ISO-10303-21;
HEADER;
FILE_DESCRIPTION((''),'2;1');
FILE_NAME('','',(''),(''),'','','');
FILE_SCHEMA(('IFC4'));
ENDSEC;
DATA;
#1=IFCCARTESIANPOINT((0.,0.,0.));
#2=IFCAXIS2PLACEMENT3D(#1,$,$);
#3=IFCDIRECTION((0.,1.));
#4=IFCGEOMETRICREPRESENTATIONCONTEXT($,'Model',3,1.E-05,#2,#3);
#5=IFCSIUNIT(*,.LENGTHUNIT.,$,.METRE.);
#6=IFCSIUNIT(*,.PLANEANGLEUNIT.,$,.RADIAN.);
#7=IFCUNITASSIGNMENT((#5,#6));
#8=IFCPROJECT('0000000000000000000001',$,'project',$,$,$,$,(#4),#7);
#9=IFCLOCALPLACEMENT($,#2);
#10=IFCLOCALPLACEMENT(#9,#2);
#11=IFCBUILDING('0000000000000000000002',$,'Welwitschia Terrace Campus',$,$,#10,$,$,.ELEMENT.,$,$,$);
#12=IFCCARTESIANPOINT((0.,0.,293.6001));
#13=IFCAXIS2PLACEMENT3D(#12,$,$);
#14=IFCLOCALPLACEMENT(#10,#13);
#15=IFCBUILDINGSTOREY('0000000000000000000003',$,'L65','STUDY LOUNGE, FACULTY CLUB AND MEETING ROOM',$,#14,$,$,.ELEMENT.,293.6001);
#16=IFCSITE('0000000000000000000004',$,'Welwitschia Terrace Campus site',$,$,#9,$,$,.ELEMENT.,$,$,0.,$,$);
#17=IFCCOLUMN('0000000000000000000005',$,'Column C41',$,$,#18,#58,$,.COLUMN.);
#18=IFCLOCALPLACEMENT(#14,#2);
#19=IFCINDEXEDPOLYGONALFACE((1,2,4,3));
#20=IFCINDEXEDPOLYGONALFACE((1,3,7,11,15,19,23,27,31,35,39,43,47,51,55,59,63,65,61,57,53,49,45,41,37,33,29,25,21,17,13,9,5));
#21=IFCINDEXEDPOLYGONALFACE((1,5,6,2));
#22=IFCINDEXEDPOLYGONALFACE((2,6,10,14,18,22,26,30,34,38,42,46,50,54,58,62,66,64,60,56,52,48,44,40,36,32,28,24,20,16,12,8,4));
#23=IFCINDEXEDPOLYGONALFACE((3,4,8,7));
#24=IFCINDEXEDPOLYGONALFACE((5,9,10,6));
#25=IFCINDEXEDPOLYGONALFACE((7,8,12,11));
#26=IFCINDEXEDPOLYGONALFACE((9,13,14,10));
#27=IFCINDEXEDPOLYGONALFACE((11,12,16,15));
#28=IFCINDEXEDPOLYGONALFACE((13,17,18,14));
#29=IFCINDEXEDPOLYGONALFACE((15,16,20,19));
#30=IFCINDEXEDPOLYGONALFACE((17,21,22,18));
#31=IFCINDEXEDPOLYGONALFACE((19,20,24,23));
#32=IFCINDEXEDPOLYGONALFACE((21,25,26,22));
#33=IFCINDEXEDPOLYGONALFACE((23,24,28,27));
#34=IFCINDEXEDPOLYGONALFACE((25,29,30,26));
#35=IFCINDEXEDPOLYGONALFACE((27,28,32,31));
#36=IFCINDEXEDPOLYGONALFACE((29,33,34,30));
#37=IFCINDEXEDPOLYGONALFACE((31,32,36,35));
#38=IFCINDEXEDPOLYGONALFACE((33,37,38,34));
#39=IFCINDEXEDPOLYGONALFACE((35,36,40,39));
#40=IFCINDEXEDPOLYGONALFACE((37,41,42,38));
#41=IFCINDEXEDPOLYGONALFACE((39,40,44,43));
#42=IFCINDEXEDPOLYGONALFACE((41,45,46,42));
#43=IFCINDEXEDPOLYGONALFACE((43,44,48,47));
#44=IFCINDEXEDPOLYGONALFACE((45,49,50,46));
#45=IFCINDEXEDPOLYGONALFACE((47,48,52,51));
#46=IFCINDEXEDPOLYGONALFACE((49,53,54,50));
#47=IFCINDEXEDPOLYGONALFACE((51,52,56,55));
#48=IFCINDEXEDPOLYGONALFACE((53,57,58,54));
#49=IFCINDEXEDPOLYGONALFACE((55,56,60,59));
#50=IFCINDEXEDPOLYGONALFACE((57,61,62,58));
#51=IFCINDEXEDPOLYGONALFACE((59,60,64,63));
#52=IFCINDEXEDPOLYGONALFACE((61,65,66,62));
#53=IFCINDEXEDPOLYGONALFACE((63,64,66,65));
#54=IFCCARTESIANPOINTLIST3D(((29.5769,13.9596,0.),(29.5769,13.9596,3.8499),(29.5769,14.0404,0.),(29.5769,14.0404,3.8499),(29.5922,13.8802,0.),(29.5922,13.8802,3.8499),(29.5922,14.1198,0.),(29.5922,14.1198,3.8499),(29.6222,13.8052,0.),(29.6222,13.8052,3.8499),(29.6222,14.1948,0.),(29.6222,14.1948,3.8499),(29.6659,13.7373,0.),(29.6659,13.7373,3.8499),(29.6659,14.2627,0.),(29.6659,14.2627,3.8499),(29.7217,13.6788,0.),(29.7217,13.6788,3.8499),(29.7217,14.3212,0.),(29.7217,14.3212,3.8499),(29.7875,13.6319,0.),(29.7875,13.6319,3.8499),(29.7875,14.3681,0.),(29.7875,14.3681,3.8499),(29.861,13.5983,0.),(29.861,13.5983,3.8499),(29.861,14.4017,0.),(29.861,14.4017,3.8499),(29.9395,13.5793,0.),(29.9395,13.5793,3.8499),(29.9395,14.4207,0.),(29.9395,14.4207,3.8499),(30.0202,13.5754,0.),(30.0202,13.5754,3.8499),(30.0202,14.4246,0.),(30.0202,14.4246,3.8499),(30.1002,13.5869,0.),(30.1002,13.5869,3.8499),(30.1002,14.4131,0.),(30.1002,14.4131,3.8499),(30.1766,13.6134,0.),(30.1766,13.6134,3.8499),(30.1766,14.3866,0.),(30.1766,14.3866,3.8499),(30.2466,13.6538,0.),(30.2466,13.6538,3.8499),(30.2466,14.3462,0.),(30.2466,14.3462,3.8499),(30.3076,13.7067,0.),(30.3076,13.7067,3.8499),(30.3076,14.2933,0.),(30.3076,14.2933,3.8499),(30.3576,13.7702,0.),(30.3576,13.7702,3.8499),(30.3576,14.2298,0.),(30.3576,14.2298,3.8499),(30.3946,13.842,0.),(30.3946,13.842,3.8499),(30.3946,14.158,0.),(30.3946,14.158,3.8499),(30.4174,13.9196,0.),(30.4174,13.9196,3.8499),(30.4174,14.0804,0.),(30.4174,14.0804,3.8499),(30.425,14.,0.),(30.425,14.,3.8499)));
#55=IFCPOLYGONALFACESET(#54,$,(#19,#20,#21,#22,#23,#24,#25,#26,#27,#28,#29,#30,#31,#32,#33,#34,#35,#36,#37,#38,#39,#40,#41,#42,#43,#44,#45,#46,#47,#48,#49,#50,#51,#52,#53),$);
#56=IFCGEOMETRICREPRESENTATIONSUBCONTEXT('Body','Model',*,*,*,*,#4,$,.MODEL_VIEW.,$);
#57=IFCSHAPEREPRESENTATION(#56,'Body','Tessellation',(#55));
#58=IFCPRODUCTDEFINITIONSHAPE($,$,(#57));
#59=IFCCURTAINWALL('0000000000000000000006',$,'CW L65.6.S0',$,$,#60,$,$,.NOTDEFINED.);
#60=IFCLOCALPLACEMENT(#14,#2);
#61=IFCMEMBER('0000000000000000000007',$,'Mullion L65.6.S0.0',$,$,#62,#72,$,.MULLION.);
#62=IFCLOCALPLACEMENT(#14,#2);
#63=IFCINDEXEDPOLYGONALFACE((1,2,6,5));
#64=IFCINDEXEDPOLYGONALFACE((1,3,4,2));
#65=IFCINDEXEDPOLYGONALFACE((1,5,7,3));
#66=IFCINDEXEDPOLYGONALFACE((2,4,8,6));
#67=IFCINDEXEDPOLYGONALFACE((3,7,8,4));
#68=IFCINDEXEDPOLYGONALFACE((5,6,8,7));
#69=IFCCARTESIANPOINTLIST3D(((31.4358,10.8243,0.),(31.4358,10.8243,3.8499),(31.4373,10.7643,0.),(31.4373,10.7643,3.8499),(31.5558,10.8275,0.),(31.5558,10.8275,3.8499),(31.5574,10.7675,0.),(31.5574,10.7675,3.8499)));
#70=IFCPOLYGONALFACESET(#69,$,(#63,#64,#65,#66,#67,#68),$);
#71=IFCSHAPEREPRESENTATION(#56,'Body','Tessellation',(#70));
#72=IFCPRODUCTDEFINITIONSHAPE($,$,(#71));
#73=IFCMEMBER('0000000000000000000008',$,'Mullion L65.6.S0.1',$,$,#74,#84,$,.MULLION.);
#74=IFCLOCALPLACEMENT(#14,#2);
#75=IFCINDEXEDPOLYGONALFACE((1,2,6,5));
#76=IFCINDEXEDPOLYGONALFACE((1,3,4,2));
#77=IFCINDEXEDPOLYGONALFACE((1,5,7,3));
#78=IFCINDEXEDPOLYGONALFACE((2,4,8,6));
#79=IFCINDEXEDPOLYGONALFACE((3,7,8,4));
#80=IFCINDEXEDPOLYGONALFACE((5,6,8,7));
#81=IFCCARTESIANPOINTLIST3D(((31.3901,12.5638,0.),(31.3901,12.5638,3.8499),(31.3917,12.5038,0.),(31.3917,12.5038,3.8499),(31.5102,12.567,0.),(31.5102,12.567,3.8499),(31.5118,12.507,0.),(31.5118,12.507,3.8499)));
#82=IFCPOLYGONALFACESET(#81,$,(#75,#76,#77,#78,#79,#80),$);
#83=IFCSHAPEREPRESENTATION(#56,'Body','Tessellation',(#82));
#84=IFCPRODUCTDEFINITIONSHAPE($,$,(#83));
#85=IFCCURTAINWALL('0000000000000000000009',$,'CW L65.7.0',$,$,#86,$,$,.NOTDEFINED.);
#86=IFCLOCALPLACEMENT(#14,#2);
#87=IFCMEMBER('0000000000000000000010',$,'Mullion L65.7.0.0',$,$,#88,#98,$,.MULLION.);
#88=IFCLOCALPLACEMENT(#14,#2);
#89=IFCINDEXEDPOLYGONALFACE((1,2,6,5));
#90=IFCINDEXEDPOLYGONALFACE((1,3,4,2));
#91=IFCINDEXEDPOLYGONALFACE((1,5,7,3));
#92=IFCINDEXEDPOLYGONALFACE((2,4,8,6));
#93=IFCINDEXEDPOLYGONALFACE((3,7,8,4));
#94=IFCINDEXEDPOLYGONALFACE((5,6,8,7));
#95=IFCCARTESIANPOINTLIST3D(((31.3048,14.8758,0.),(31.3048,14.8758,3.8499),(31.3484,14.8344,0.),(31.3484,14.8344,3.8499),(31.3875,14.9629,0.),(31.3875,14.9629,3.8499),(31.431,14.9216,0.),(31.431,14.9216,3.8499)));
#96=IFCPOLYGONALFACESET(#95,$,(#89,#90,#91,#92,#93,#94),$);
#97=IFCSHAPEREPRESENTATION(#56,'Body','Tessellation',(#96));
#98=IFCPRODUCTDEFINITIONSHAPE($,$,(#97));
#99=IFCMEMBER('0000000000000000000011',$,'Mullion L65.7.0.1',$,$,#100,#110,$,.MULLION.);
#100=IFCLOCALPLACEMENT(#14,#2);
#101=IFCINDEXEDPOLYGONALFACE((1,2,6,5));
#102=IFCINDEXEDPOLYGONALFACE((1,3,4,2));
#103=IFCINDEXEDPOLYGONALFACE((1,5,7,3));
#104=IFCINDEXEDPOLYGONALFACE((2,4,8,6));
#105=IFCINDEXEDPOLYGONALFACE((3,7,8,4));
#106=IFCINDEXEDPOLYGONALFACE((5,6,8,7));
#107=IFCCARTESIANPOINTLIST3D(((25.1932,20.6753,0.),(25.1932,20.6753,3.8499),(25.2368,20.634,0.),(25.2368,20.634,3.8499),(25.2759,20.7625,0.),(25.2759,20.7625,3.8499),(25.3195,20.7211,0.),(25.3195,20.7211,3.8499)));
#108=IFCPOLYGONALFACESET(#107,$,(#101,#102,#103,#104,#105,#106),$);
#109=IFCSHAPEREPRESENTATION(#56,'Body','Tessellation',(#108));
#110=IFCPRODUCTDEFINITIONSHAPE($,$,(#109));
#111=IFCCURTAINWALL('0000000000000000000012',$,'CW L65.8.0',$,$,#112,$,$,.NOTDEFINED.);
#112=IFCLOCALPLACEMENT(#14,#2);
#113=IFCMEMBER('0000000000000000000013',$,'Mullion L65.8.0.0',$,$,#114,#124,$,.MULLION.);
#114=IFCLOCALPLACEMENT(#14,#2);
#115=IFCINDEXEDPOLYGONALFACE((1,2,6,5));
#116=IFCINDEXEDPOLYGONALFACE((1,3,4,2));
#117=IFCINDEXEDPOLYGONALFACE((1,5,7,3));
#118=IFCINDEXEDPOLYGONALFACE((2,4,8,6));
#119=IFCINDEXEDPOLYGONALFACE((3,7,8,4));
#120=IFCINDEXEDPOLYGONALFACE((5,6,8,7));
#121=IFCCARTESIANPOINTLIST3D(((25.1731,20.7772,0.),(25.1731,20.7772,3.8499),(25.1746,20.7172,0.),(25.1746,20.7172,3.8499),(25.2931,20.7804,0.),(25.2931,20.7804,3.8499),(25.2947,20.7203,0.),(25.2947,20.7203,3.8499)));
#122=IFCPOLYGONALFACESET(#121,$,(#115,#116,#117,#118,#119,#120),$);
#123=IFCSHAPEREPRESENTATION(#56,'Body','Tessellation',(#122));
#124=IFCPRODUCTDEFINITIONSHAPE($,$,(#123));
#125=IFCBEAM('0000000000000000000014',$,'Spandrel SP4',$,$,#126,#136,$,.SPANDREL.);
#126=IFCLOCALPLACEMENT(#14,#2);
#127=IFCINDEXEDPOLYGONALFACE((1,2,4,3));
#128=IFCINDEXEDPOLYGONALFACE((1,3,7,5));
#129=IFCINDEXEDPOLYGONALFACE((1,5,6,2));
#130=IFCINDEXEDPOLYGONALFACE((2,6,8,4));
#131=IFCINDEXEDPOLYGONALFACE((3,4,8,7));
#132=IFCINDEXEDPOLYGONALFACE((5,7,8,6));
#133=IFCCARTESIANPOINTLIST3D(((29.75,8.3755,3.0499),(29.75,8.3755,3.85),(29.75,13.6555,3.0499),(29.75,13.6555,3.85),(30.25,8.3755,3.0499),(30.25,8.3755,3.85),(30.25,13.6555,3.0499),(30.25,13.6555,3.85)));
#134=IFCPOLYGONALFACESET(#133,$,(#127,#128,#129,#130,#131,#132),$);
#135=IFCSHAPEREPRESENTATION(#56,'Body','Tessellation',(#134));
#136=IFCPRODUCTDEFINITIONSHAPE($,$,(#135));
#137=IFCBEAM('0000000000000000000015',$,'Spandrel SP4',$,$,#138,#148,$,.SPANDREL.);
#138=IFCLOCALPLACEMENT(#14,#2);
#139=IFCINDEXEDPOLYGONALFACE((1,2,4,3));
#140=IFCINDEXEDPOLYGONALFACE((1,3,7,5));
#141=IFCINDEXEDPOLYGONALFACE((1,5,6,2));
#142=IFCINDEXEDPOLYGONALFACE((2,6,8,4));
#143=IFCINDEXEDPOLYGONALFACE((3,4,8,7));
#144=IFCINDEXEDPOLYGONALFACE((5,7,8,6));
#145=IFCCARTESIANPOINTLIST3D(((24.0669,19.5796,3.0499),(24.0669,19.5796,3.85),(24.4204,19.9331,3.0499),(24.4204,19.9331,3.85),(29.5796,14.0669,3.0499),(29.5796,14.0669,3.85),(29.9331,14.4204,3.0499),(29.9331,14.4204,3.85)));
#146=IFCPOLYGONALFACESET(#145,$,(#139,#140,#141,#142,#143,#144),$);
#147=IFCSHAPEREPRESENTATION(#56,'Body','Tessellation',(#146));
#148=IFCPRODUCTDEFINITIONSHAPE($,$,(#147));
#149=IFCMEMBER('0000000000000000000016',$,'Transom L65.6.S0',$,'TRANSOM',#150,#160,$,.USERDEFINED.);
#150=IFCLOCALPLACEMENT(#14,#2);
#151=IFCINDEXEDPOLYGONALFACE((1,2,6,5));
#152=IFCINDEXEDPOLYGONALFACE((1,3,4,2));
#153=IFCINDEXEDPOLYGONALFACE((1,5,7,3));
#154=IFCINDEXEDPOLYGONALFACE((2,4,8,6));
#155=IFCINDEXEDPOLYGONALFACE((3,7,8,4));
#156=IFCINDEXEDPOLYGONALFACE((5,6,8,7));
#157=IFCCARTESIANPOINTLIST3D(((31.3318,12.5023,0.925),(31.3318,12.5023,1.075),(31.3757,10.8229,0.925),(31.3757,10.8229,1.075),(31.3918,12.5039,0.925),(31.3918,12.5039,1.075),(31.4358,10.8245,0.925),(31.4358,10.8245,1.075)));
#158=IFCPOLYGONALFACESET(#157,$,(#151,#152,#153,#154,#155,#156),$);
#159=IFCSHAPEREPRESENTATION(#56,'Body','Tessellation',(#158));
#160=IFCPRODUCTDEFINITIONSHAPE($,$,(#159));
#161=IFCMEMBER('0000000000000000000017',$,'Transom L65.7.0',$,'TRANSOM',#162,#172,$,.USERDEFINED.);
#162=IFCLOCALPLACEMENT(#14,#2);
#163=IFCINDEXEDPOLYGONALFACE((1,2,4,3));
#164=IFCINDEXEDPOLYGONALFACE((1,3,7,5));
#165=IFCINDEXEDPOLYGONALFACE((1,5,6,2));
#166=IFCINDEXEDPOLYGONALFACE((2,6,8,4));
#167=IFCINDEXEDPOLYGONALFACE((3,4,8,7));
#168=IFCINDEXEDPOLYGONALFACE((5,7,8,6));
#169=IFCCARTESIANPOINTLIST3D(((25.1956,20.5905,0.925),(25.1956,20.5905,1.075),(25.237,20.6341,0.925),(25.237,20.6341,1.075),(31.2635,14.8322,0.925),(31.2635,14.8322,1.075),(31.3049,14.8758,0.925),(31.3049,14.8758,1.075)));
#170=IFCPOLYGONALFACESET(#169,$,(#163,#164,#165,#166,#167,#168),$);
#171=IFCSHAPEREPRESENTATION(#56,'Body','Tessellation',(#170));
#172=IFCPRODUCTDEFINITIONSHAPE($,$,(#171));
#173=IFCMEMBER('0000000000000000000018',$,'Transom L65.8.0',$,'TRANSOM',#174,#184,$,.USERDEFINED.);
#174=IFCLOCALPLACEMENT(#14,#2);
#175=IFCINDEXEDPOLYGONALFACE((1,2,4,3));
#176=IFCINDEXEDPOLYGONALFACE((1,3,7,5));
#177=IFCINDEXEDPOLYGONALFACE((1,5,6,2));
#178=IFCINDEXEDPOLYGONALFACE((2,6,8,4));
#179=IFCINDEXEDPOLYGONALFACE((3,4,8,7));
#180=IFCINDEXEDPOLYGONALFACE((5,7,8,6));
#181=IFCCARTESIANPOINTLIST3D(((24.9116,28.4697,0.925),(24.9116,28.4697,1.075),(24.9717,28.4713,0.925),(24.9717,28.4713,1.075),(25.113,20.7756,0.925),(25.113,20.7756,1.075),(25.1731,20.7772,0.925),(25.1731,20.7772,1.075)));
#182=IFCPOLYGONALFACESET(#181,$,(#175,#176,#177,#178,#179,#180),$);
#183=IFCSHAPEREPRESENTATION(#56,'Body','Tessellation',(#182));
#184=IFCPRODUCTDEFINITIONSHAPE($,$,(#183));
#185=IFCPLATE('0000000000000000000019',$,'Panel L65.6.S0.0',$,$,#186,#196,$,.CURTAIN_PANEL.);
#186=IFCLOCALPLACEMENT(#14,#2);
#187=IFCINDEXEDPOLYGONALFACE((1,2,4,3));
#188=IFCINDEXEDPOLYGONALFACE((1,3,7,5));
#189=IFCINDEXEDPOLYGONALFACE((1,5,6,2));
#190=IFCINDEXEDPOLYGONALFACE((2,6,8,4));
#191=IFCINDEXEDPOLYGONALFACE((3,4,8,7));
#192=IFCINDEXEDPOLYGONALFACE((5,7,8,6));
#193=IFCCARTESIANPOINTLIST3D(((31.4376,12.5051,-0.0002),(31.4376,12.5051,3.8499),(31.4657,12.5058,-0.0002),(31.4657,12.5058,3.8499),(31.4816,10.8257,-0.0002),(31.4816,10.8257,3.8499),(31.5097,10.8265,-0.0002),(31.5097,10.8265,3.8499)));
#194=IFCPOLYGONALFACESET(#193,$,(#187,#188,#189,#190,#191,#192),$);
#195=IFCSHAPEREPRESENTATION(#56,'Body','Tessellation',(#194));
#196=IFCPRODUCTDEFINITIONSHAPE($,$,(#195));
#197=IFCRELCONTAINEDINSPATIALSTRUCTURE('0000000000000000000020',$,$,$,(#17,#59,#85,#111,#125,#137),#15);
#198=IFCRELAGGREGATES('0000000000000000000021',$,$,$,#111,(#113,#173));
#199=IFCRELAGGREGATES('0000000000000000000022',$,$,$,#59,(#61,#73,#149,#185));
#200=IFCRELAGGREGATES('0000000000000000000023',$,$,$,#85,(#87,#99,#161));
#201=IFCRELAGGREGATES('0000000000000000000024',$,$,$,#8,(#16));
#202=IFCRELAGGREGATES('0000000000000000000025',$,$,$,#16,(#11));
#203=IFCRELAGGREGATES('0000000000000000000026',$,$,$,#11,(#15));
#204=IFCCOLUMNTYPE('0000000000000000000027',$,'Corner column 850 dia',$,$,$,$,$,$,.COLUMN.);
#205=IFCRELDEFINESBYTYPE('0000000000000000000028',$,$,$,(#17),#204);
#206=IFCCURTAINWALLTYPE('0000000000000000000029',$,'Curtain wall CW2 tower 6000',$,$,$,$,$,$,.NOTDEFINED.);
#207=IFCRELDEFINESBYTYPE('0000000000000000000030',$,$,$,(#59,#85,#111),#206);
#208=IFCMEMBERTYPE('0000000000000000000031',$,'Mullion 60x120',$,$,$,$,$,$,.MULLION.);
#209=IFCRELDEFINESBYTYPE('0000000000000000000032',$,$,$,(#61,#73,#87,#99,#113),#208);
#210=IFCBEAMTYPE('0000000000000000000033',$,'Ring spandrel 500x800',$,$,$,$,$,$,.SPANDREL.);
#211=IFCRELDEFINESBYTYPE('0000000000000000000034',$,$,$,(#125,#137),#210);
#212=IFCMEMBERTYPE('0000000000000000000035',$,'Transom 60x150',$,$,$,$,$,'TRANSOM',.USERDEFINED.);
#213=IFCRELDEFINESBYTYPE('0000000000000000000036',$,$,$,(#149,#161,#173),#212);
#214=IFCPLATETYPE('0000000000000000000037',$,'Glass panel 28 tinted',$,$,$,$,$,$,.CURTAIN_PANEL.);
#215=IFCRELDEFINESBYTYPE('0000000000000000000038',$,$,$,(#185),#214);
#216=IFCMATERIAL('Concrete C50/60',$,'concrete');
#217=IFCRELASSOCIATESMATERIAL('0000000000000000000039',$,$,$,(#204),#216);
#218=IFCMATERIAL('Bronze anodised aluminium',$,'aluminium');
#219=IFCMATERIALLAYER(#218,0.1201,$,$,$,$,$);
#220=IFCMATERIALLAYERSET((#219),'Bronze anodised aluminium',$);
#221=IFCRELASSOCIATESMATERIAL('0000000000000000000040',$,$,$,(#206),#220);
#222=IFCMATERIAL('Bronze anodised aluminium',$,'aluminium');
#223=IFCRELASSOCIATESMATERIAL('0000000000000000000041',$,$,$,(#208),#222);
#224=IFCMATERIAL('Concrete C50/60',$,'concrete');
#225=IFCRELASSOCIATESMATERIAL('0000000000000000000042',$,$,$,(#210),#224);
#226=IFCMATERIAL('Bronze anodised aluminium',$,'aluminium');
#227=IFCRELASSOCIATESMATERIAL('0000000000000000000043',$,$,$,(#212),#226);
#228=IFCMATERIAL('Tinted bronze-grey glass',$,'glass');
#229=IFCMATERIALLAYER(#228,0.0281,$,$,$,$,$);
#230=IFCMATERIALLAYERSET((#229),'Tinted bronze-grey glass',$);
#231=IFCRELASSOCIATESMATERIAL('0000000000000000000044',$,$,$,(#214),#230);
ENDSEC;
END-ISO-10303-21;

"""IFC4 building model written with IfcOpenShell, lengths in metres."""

from ifc_helpers import new_model, si_unit, direction, frame, origin, origin_2d, place, context, subcontext, project, spatial, rectangle, circle, extrude, material, layer, layer_set, material_profile, profile_set, type_object, element, aggregate, save


model = new_model("IFC4")

# Units and contexts
model_context = context("Model", 3, precision=1e-05, world=origin(), true_north=direction((0.0, 1.0)))
body_context = subcontext(model_context, "Body", "Model", "MODEL_VIEW")
ifc_project = project(units=[si_unit("LENGTHUNIT", "METRE"), si_unit("PLANEANGLEUNIT", "RADIAN")], contexts=[model_context])

# Site, building, storey
site_placement = place(None, origin())
site = spatial("IfcSite", under=ifc_project, at=site_placement, Name="Welwitschia Terrace Campus site", CompositionType="ELEMENT", RefElevation=0.0)
building_placement = place(site_placement, origin())
building = spatial("IfcBuilding", under=site, at=building_placement, Name="Welwitschia Terrace Campus", CompositionType="ELEMENT")
storey_placement = place(building_placement, frame((0.0, 0.0, 293.6001)))
storey = spatial("IfcBuildingStorey", under=building, at=storey_placement, Name="L65", Description="STUDY LOUNGE, FACULTY CLUB AND MEETING ROOM", CompositionType="ELEMENT", Elevation=293.6001)

# Column
ifc_material_1 = material(Name="Concrete C50/60", Category="concrete")
ifc_material_profile_1 = material_profile(ifc_material_1, circle(Radius=0.425, at=origin_2d()))
ifc_profile_set_1 = profile_set([ifc_material_profile_1], Name="Concrete C50/60")
column_type = type_object("IfcColumnType", Name="Corner column 850 dia", PredefinedType="COLUMN", material=ifc_profile_set_1)
column_placement = place(storey_placement, frame((30.0, 14.0, 0.0), z_axis=(0.0, 0.0, 1.0), x_axis=(1.0, 0.0, 0.0)))
element("IfcColumn", 1, at=column_placement, inside=storey, type_object=column_type, Name="Column C41", PredefinedType="COLUMN", context=body_context, shape_type="SweptSolid", body=[
    extrude(circle(Radius=0.425, at=origin_2d()), origin(), (0.0, 0.0, 1.0), 3.8499),
])

# Curtain walls, members
ifc_material_2 = material(Name="Bronze anodised aluminium", Category="aluminium")
ifc_layer_1 = layer(ifc_material_2, 0.1201)
ifc_layer_set_1 = layer_set([ifc_layer_1], Name="Bronze anodised aluminium")
curtain_wall_type = type_object("IfcCurtainWallType", Name="Curtain wall CW2 tower 6000", PredefinedType="NOTDEFINED", material=ifc_layer_set_1)
curtain_wall_1_placement = place(storey_placement, origin())
curtain_wall_1 = element("IfcCurtainWall", 2, at=curtain_wall_1_placement, inside=storey, type_object=curtain_wall_type, Name="CW L65.6.S0", PredefinedType="NOTDEFINED")
ifc_material_3 = material(Name="Bronze anodised aluminium", Category="aluminium")
ifc_material_profile_2 = material_profile(ifc_material_3, rectangle(XDim=0.1201, YDim=0.0601, at=origin_2d()))
ifc_profile_set_2 = profile_set([ifc_material_profile_2], Name="Bronze anodised aluminium")
member_type_1 = type_object("IfcMemberType", Name="Mullion 60x120", PredefinedType="MULLION", material=ifc_profile_set_2)
member_1_placement = place(storey_placement, frame((31.4966, 10.7959, 0.0), z_axis=(0.0, 0.0, 1.0), x_axis=(-0.999657, -0.026177, 0.0)))
member_1 = element("IfcMember", 3, at=member_1_placement, type_object=member_type_1, Name="Mullion L65.6.S0.0", PredefinedType="MULLION", context=body_context, shape_type="SweptSolid", body=[
    extrude(rectangle(XDim=0.1201, YDim=0.0601, at=origin_2d()), origin(), (0.0, 0.0, 1.0), 3.8499),
])
member_2_placement = place(storey_placement, frame((31.4509, 12.5354, 0.0), z_axis=(0.0, 0.0, 1.0), x_axis=(-0.999657, -0.026177, 0.0)))
member_2 = element("IfcMember", 4, at=member_2_placement, type_object=member_type_1, Name="Mullion L65.6.S0.1", PredefinedType="MULLION", context=body_context, shape_type="SweptSolid", body=[
    extrude(rectangle(XDim=0.1201, YDim=0.0601, at=origin_2d()), origin(), (0.0, 0.0, 1.0), 3.8499),
])
curtain_wall_2_placement = place(storey_placement, origin())
curtain_wall_2 = element("IfcCurtainWall", 5, at=curtain_wall_2_placement, inside=storey, type_object=curtain_wall_type, Name="CW L65.7.0", PredefinedType="NOTDEFINED")
member_3_placement = place(storey_placement, frame((31.3679, 14.8987, 0.0), z_axis=(0.0, 0.0, 1.0), x_axis=(-0.688355, -0.725374, 0.0)))
member_3 = element("IfcMember", 6, at=member_3_placement, type_object=member_type_1, Name="Mullion L65.7.0.0", PredefinedType="MULLION", context=body_context, shape_type="SweptSolid", body=[
    extrude(rectangle(XDim=0.1201, YDim=0.0601, at=origin_2d()), origin(), (0.0, 0.0, 1.0), 3.8499),
])
member_4_placement = place(storey_placement, frame((25.2563, 20.6982, 0.0), z_axis=(0.0, 0.0, 1.0), x_axis=(-0.688355, -0.725374, 0.0)))
member_4 = element("IfcMember", 7, at=member_4_placement, type_object=member_type_1, Name="Mullion L65.7.0.1", PredefinedType="MULLION", context=body_context, shape_type="SweptSolid", body=[
    extrude(rectangle(XDim=0.1201, YDim=0.0601, at=origin_2d()), origin(), (0.0, 0.0, 1.0), 3.8499),
])

# Curtain wall, member
curtain_wall_3_placement = place(storey_placement, origin())
curtain_wall_3 = element("IfcCurtainWall", 8, at=curtain_wall_3_placement, inside=storey, type_object=curtain_wall_type, Name="CW L65.8.0", PredefinedType="NOTDEFINED")
member_5_placement = place(storey_placement, frame((25.2339, 20.7488, 0.0), z_axis=(0.0, 0.0, 1.0), x_axis=(-0.999657, -0.026177, 0.0)))
member_5 = element("IfcMember", 9, at=member_5_placement, type_object=member_type_1, Name="Mullion L65.8.0.0", PredefinedType="MULLION", context=body_context, shape_type="SweptSolid", body=[
    extrude(rectangle(XDim=0.1201, YDim=0.0601, at=origin_2d()), origin(), (0.0, 0.0, 1.0), 3.8499),
])

# Beams
ifc_material_4 = material(Name="Concrete C50/60", Category="concrete")
ifc_material_profile_3 = material_profile(ifc_material_4, rectangle(XDim=0.5, YDim=0.8, at=origin_2d()))
ifc_profile_set_3 = profile_set([ifc_material_profile_3], Name="Concrete C50/60")
beam_type = type_object("IfcBeamType", Name="Ring spandrel 500x800", PredefinedType="SPANDREL", material=ifc_profile_set_3)
beam_1_placement = place(storey_placement, frame((30.0, 8.3755, 3.45), z_axis=(0.0, 1.0, 0.0), x_axis=(-1.0, 0.0, 0.0)))
element("IfcBeam", 10, at=beam_1_placement, inside=storey, type_object=beam_type, Name="Spandrel SP4", PredefinedType="SPANDREL", context=body_context, shape_type="SweptSolid", body=[
    extrude(rectangle(XDim=0.5, YDim=0.8, at=origin_2d()), origin(), (0.0, 0.0, 1.0), 5.28),
])
beam_2_placement = place(storey_placement, frame((29.7563, 14.2437, 3.45), z_axis=(-0.707107, 0.707107, 0.0), x_axis=(-0.707107, -0.707107, 0.0)))
element("IfcBeam", 11, at=beam_2_placement, inside=storey, type_object=beam_type, Name="Spandrel SP4", PredefinedType="SPANDREL", context=body_context, shape_type="SweptSolid", body=[
    extrude(rectangle(XDim=0.5, YDim=0.8, at=origin_2d()), origin(), (0.0, 0.0, 1.0), 7.7961),
])

# Members
ifc_material_5 = material(Name="Bronze anodised aluminium", Category="aluminium")
ifc_material_profile_4 = material_profile(ifc_material_5, rectangle(XDim=0.0601, YDim=0.1499, at=origin_2d()))
ifc_profile_set_4 = profile_set([ifc_material_profile_4], Name="Bronze anodised aluminium")
member_type_2 = type_object("IfcMemberType", Name="Transom 60x150", ElementType="TRANSOM", PredefinedType="USERDEFINED", material=ifc_profile_set_4)
member_6_placement = place(storey_placement, frame((31.4058, 10.8237, 1.0), z_axis=(-0.026158, 0.999658, 0.0), x_axis=(-0.999658, -0.026158, 0.0)))
member_6 = element("IfcMember", 12, at=member_6_placement, type_object=member_type_2, Name="Transom L65.6.S0", ObjectType="TRANSOM", PredefinedType="USERDEFINED", context=body_context, shape_type="SweptSolid", body=[
    extrude(rectangle(XDim=0.0601, YDim=0.1499, at=origin_2d()), origin(), (0.0, 0.0, 1.0), 1.6799),
])
member_7_placement = place(storey_placement, frame((31.2842, 14.854, 1.0), z_axis=(-0.725368, 0.688361, 0.0), x_axis=(-0.688361, -0.725368, 0.0)))
member_7 = element("IfcMember", 13, at=member_7_placement, type_object=member_type_2, Name="Transom L65.7.0", ObjectType="TRANSOM", PredefinedType="USERDEFINED", context=body_context, shape_type="SweptSolid", body=[
    extrude(rectangle(XDim=0.0601, YDim=0.1499, at=origin_2d()), origin(), (0.0, 0.0, 1.0), 8.3652),
])
member_8_placement = place(storey_placement, frame((25.1431, 20.7764, 1.0), z_axis=(-0.026169, 0.999658, 0.0), x_axis=(-0.999658, -0.026169, 0.0)))
member_8 = element("IfcMember", 14, at=member_8_placement, type_object=member_type_2, Name="Transom L65.8.0", ObjectType="TRANSOM", PredefinedType="USERDEFINED", context=body_context, shape_type="SweptSolid", body=[
    extrude(rectangle(XDim=0.0601, YDim=0.1499, at=origin_2d()), origin(), (0.0, 0.0, 1.0), 7.6968),
])
aggregate(curtain_wall_3, [member_5, member_8])

# Plate
ifc_material_6 = material(Name="Tinted bronze-grey glass", Category="glass")
ifc_layer_2 = layer(ifc_material_6, 0.0281)
ifc_layer_set_2 = layer_set([ifc_layer_2], Name="Tinted bronze-grey glass")
plate_type = type_object("IfcPlateType", Name="Glass panel 28 tinted", PredefinedType="CURTAIN_PANEL", material=ifc_layer_set_2)
plate_1_placement = place(storey_placement, frame((31.4736, 11.6658, -0.0002), z_axis=(0.0, 0.0, 1.0), x_axis=(-0.026177, 0.999657, 0.0)))
plate_1 = element("IfcPlate", 15, at=plate_1_placement, type_object=plate_type, Name="Panel L65.6.S0.0", PredefinedType="CURTAIN_PANEL", context=body_context, shape_type="SweptSolid", body=[
    extrude(rectangle(XDim=1.6799, YDim=0.0281, at=origin_2d()), origin(), (0.0, 0.0, 1.0), 3.8501),
])
aggregate(curtain_wall_1, [member_1, member_2, member_6, plate_1])
aggregate(curtain_wall_2, [member_3, member_4, member_7])

save(model, "model.ifc")
